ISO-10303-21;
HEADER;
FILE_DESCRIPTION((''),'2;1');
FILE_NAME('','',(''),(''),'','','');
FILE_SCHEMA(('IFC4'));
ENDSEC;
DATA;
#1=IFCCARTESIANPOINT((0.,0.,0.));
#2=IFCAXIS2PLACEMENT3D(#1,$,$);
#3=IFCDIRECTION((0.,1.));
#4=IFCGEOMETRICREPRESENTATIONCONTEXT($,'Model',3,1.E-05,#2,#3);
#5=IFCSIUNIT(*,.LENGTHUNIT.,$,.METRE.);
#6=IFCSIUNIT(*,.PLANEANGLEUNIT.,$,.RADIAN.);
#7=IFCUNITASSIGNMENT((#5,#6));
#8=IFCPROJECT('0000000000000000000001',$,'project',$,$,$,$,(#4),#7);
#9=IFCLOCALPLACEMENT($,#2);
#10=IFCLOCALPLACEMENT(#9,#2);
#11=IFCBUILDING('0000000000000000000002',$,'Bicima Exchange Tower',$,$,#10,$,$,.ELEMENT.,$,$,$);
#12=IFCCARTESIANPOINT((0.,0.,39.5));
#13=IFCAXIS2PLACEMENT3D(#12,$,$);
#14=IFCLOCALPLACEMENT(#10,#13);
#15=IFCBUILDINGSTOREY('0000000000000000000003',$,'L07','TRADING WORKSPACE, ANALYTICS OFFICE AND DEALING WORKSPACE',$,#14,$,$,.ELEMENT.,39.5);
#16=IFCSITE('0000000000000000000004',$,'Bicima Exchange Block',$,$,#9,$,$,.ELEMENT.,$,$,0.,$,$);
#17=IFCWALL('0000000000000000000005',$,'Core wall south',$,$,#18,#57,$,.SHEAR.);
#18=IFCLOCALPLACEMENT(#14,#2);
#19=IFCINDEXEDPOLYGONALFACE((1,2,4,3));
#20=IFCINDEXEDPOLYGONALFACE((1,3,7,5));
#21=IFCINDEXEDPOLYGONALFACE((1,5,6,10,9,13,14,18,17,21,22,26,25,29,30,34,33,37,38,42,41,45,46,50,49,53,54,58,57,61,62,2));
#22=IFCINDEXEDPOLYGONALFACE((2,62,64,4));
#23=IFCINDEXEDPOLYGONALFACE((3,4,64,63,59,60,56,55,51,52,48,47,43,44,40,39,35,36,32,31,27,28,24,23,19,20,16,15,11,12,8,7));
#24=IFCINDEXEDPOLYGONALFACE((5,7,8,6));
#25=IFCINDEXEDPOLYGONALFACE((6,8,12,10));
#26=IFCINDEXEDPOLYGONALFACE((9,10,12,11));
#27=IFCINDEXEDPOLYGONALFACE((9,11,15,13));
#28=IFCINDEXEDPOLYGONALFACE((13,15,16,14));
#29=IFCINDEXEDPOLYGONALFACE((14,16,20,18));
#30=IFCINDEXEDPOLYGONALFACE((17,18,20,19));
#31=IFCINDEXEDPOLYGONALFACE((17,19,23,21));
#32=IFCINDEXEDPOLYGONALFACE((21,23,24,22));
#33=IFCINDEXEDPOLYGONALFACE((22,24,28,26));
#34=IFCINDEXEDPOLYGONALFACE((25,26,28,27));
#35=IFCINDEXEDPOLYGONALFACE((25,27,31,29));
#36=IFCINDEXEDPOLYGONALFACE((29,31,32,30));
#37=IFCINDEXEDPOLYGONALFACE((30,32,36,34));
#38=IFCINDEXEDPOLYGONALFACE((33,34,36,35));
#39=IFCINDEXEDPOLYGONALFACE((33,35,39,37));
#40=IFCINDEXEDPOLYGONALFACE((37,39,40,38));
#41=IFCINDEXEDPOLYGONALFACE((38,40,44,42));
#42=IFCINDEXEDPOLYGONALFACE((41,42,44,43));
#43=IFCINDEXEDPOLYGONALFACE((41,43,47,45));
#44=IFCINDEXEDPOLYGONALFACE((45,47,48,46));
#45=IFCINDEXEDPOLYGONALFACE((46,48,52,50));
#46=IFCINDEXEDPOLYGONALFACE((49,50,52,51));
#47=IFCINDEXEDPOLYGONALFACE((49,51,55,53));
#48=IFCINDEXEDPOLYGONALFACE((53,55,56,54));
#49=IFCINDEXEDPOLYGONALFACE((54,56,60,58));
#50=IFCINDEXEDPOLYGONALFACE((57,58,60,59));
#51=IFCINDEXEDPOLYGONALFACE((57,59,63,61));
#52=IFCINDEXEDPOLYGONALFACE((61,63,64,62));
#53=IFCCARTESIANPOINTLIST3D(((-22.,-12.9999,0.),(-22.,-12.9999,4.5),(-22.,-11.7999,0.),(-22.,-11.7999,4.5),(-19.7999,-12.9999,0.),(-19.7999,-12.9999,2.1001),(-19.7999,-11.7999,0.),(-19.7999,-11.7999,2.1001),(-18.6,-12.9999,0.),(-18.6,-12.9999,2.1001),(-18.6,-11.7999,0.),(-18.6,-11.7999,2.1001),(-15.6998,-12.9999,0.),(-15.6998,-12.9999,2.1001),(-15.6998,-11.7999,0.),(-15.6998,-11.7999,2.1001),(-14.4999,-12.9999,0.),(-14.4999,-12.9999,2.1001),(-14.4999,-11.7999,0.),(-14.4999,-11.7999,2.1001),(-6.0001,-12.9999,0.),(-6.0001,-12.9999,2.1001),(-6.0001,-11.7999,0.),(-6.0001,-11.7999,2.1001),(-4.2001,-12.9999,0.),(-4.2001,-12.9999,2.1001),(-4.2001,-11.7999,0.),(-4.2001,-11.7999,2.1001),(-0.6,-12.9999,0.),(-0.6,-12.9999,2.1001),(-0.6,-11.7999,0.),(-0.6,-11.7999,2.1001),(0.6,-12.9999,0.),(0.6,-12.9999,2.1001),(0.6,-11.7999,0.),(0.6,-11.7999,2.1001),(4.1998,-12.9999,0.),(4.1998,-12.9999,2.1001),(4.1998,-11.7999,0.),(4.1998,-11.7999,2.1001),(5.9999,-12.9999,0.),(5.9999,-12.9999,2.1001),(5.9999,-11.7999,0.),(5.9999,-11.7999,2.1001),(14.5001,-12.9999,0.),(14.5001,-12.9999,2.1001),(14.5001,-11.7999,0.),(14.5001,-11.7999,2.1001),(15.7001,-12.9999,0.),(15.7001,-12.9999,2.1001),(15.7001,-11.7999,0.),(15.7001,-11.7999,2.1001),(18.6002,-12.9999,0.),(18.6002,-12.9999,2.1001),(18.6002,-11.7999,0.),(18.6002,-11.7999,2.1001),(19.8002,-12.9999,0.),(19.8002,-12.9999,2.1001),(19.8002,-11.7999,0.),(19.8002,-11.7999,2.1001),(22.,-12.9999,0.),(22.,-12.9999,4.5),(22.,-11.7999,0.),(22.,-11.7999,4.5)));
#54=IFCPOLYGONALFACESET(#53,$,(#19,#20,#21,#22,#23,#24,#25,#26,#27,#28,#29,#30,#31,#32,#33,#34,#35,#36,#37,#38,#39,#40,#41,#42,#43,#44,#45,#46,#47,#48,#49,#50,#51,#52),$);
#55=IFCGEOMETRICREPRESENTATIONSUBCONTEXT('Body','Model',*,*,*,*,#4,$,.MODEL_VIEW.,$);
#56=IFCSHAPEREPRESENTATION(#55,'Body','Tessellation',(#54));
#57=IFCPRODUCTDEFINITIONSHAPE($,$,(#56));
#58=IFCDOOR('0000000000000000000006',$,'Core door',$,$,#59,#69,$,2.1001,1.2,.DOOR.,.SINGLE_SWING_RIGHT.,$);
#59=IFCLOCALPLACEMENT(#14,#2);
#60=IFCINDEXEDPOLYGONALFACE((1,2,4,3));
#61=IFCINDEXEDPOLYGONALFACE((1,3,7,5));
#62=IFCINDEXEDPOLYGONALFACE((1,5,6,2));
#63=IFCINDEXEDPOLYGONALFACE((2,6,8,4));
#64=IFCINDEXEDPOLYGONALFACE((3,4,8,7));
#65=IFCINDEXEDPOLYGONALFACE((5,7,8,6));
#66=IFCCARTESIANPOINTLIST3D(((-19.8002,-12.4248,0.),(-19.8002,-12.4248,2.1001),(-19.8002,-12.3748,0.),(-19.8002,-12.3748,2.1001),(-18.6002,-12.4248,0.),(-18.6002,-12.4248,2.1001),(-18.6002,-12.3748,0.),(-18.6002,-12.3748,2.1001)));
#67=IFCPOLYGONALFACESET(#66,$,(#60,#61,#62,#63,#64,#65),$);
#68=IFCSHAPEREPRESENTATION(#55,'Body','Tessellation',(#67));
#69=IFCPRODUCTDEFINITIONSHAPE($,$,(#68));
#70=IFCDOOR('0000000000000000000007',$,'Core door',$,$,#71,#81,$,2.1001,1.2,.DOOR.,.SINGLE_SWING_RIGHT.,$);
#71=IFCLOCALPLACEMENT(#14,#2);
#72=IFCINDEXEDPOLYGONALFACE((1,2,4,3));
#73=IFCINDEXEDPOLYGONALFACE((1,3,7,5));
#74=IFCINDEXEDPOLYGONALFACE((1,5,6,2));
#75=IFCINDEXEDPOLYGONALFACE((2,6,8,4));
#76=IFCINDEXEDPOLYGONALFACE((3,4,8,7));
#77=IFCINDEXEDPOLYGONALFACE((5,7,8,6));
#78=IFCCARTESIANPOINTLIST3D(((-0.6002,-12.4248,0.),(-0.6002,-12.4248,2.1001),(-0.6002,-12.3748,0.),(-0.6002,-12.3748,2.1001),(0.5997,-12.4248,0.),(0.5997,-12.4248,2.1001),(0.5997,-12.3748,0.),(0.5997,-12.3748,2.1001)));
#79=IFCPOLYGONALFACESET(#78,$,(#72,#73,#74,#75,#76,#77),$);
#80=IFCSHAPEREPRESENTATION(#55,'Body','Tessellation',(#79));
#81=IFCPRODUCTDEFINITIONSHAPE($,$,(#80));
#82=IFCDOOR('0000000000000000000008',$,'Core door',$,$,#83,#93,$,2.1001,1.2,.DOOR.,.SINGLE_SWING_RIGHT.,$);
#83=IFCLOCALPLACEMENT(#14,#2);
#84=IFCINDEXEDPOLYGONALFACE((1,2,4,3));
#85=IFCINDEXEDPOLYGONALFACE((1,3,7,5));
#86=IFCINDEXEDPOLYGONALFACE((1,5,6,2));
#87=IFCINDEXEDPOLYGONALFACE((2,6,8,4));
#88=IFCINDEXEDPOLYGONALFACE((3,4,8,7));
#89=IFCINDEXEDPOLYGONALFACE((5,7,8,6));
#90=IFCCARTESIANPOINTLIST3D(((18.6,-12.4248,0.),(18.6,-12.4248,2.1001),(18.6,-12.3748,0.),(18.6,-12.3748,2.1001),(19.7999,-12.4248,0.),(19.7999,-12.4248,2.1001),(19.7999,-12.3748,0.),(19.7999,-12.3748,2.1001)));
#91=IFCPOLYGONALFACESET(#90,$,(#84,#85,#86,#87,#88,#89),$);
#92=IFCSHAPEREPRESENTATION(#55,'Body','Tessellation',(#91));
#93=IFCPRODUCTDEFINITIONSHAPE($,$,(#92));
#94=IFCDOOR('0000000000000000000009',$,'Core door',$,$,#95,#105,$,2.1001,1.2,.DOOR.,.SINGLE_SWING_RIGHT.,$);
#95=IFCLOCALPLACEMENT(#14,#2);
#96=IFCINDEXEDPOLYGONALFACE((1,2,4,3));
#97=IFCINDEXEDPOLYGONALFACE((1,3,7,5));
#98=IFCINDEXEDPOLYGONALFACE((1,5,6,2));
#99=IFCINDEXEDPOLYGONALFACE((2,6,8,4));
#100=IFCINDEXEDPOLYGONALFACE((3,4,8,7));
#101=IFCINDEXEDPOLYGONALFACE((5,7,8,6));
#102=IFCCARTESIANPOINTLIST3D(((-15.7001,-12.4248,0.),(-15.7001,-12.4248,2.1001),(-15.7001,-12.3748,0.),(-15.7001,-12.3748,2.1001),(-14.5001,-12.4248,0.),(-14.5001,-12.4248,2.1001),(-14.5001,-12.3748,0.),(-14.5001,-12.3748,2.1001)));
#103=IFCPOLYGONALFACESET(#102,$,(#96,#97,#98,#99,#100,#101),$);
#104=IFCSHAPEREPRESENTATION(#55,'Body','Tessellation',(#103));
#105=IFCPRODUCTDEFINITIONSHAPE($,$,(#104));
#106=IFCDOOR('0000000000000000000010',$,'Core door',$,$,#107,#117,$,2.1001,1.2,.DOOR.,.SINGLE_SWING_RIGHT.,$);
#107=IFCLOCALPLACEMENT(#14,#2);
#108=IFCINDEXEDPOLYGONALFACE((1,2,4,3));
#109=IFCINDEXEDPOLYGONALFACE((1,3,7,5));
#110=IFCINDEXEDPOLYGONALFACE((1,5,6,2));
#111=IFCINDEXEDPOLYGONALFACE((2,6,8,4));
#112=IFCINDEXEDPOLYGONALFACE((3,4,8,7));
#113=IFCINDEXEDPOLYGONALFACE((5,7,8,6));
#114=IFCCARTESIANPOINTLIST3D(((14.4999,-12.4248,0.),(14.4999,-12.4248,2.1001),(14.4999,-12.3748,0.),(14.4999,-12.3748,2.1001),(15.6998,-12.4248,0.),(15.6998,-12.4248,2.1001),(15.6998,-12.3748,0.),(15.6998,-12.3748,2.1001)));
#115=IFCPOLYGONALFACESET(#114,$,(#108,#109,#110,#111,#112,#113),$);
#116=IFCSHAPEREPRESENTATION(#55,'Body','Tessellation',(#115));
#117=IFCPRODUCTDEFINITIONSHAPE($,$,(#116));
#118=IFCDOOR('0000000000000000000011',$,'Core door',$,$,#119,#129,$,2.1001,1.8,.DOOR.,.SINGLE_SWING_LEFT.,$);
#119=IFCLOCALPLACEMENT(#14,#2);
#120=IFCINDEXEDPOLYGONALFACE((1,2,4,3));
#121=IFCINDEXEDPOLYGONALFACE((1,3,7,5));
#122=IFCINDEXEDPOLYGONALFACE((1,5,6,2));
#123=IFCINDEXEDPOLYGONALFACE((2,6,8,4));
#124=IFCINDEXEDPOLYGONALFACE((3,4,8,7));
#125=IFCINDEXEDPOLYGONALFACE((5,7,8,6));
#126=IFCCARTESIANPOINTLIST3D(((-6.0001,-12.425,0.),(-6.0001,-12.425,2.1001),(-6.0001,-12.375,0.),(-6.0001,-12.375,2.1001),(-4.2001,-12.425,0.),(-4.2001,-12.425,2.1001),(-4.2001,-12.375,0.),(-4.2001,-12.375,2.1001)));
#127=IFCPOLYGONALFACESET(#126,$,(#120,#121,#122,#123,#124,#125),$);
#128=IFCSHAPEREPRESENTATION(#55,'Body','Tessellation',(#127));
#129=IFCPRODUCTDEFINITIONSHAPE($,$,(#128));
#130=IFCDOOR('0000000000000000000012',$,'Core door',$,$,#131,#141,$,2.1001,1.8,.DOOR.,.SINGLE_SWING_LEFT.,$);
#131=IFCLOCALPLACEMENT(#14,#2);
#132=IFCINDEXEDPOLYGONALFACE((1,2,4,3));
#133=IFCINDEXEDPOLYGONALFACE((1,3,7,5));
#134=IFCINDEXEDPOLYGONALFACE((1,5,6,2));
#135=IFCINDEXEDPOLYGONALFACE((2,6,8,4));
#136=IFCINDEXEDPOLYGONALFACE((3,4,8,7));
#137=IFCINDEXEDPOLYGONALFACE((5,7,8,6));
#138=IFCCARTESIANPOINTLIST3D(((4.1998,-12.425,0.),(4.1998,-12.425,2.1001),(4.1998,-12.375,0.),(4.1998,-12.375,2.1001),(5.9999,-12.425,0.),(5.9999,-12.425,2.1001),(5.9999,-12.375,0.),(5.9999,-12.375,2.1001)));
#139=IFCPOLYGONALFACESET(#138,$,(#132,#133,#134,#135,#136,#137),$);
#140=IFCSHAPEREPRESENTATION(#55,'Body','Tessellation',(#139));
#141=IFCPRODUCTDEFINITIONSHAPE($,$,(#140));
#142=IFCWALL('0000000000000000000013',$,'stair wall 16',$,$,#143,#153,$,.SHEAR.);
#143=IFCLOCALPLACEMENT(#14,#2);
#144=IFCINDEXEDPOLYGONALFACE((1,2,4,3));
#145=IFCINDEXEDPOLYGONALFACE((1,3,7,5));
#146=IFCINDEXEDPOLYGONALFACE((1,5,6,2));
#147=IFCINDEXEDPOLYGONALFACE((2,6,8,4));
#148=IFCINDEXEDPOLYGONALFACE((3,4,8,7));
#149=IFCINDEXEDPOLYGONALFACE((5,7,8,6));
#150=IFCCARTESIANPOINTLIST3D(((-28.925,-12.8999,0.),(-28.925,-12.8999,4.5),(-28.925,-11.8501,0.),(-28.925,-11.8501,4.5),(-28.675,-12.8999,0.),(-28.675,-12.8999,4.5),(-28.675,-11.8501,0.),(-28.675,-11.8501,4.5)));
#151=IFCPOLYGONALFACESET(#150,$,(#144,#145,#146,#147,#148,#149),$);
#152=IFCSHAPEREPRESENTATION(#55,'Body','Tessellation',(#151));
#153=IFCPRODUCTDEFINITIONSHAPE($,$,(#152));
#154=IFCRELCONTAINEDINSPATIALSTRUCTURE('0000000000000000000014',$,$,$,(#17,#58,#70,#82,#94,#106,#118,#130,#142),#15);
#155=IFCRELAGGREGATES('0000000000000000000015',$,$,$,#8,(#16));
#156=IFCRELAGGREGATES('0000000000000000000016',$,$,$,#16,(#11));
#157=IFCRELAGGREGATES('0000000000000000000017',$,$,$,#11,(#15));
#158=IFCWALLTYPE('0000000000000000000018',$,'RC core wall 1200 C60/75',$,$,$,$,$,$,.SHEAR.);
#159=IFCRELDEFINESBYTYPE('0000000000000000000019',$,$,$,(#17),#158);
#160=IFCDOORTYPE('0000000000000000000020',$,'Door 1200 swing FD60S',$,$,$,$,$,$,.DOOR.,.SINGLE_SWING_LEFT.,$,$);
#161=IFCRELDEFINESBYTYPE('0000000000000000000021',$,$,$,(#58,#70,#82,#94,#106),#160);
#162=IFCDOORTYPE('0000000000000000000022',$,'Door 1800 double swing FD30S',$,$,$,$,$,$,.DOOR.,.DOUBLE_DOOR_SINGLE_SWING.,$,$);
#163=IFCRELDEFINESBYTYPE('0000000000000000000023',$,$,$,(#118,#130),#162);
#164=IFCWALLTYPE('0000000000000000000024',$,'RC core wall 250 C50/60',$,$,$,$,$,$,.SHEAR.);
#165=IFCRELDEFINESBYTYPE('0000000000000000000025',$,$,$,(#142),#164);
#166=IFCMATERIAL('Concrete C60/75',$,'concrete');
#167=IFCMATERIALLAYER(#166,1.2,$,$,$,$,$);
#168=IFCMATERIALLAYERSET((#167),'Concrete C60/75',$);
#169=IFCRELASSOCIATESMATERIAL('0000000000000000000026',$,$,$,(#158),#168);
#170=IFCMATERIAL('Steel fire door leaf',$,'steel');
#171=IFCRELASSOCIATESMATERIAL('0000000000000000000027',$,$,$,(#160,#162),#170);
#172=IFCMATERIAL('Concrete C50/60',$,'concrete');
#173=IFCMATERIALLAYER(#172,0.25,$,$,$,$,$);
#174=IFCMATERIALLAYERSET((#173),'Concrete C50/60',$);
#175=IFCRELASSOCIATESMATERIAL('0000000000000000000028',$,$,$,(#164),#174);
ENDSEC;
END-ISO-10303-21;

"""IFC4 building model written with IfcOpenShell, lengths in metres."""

from ifc_helpers import new_model, si_unit, direction, frame, frame_2d, origin, place, context, subcontext, project, spatial, rectangle, extrude, material, layer, layer_set, type_object, element, fill, save


model = new_model("IFC4")

# Units and contexts
model_context = context("Model", 3, precision=1e-05, world=origin(), true_north=direction((0.0, 1.0)))
body_context = subcontext(model_context, "Body", "Model", "MODEL_VIEW")
ifc_project = project(units=[si_unit("LENGTHUNIT", "METRE"), si_unit("PLANEANGLEUNIT", "RADIAN")], contexts=[model_context])

# Site, building, storey
site_placement = place(None, origin())
site = spatial("IfcSite", under=ifc_project, at=site_placement, Name="Bicima Exchange Block", CompositionType="ELEMENT", RefElevation=0.0)
building_placement = place(site_placement, origin())
building = spatial("IfcBuilding", under=site, at=building_placement, Name="Bicima Exchange Tower", CompositionType="ELEMENT")
storey_placement = place(building_placement, frame((0.0, 0.0, 39.5)))
storey = spatial("IfcBuildingStorey", under=building, at=storey_placement, Name="L07", Description="TRADING WORKSPACE, ANALYTICS OFFICE AND DEALING WORKSPACE", CompositionType="ELEMENT", Elevation=39.5)

# Wall, openings, doors
ifc_material_1 = material(Name="Concrete C60/75", Category="concrete")
ifc_layer_1 = layer(ifc_material_1, 1.2)
ifc_layer_set_1 = layer_set([ifc_layer_1], Name="Concrete C60/75")
wall_type_1 = type_object("IfcWallType", Name="RC core wall 1200 C60/75", PredefinedType="SHEAR", material=ifc_layer_set_1)
wall_1_placement = place(storey_placement, frame((-22.0, -12.3999, 0.0), z_axis=(0.0, 0.0, 1.0), x_axis=(1.0, 0.0, 0.0)))
wall_1 = element("IfcWall", 1, at=wall_1_placement, inside=storey, type_object=wall_type_1, Name="Core wall south", PredefinedType="SHEAR", context=body_context, shape_type="SweptSolid", body=[
    extrude(rectangle(XDim=44.0, YDim=1.2, at=frame_2d((22.0, 0.0))), origin(), (0.0, 0.0, 1.0), 4.5),
])
opening_1_placement = place(wall_1_placement, frame((2.2, 0.0, 0.0)))
opening_1 = element("IfcOpeningElement", 2, at=opening_1_placement, cuts=wall_1, PredefinedType="OPENING", context=body_context, shape_type="SweptSolid", body=[
    extrude(rectangle(XDim=1.2, YDim=2.1001, at=frame_2d((0.6001, 1.05))), frame((0.0, 0.6118, 0.0), z_axis=(0.0, -1.0, 0.0), x_axis=(1.0, 0.0, 0.0)), (0.0, 0.0, 1.0), 1.2239),
])
opening_2_placement = place(wall_1_placement, frame((21.3999, 0.0, 0.0)))
opening_2 = element("IfcOpeningElement", 3, at=opening_2_placement, cuts=wall_1, PredefinedType="OPENING", context=body_context, shape_type="SweptSolid", body=[
    extrude(rectangle(XDim=1.2, YDim=2.1001, at=frame_2d((0.6001, 1.05))), frame((0.0, 0.6118, 0.0), z_axis=(0.0, -1.0, 0.0), x_axis=(1.0, 0.0, 0.0)), (0.0, 0.0, 1.0), 1.2239),
])
opening_3_placement = place(wall_1_placement, frame((40.6001, 0.0, 0.0)))
opening_3 = element("IfcOpeningElement", 4, at=opening_3_placement, cuts=wall_1, PredefinedType="OPENING", context=body_context, shape_type="SweptSolid", body=[
    extrude(rectangle(XDim=1.2, YDim=2.1001, at=frame_2d((0.6001, 1.05))), frame((0.0, 0.6118, 0.0), z_axis=(0.0, -1.0, 0.0), x_axis=(1.0, 0.0, 0.0)), (0.0, 0.0, 1.0), 1.2239),
])
opening_4_placement = place(wall_1_placement, frame((16.0, 0.0, 0.0)))
opening_4 = element("IfcOpeningElement", 5, at=opening_4_placement, cuts=wall_1, PredefinedType="OPENING", context=body_context, shape_type="SweptSolid", body=[
    extrude(rectangle(XDim=1.8, YDim=2.1001, at=frame_2d((0.8999, 1.05))), frame((0.0, 0.6118, 0.0), z_axis=(0.0, -1.0, 0.0), x_axis=(1.0, 0.0, 0.0)), (0.0, 0.0, 1.0), 1.2239),
])
opening_5_placement = place(wall_1_placement, frame((6.3, 0.0, 0.0)))
opening_5 = element("IfcOpeningElement", 6, at=opening_5_placement, cuts=wall_1, PredefinedType="OPENING", context=body_context, shape_type="SweptSolid", body=[
    extrude(rectangle(XDim=1.2, YDim=2.1001, at=frame_2d((0.6001, 1.05))), frame((0.0, 0.6118, 0.0), z_axis=(0.0, -1.0, 0.0), x_axis=(1.0, 0.0, 0.0)), (0.0, 0.0, 1.0), 1.2239),
])
opening_6_placement = place(wall_1_placement, frame((26.2, 0.0, 0.0)))
opening_6 = element("IfcOpeningElement", 7, at=opening_6_placement, cuts=wall_1, PredefinedType="OPENING", context=body_context, shape_type="SweptSolid", body=[
    extrude(rectangle(XDim=1.8, YDim=2.1001, at=frame_2d((0.8999, 1.05))), frame((0.0, 0.6118, 0.0), z_axis=(0.0, -1.0, 0.0), x_axis=(1.0, 0.0, 0.0)), (0.0, 0.0, 1.0), 1.2239),
])
opening_7_placement = place(wall_1_placement, frame((36.5, 0.0, 0.0)))
opening_7 = element("IfcOpeningElement", 8, at=opening_7_placement, cuts=wall_1, PredefinedType="OPENING", context=body_context, shape_type="SweptSolid", body=[
    extrude(rectangle(XDim=1.2, YDim=2.1001, at=frame_2d((0.6001, 1.05))), frame((0.0, 0.6118, 0.0), z_axis=(0.0, -1.0, 0.0), x_axis=(1.0, 0.0, 0.0)), (0.0, 0.0, 1.0), 1.2239),
])
ifc_material_2 = material(Name="Steel fire door leaf", Category="steel")
door_type_1 = type_object("IfcDoorType", Name="Door 1200 swing FD60S", OperationType="SINGLE_SWING_LEFT", PredefinedType="DOOR", material=ifc_material_2)
door_1_placement = place(opening_1_placement, frame((1.2, 0.0, 0.0), z_axis=(0.0, 0.0, 1.0), x_axis=(-1.0, 0.0, 0.0)))
door_1 = element("IfcDoor", 9, at=door_1_placement, inside=storey, type_object=door_type_1, Name="Core door", OperationType="SINGLE_SWING_RIGHT", OverallHeight=2.1001, OverallWidth=1.2, PredefinedType="DOOR", context=body_context, shape_type="SweptSolid", body=[
    extrude(rectangle(XDim=1.2, YDim=2.1001, at=frame_2d((0.6001, 1.05))), frame((0.0, 0.0249, 0.0), z_axis=(0.0, -1.0, 0.0), x_axis=(1.0, 0.0, 0.0)), (0.0, 0.0, 1.0), 0.05),
])
fill(opening_1, door_1)
door_2_placement = place(opening_2_placement, frame((1.2, 0.0, 0.0), z_axis=(0.0, 0.0, 1.0), x_axis=(-1.0, 0.0, 0.0)))
door_2 = element("IfcDoor", 10, at=door_2_placement, inside=storey, type_object=door_type_1, Name="Core door", OperationType="SINGLE_SWING_RIGHT", OverallHeight=2.1001, OverallWidth=1.2, PredefinedType="DOOR", context=body_context, shape_type="SweptSolid", body=[
    extrude(rectangle(XDim=1.2, YDim=2.1001, at=frame_2d((0.6001, 1.05))), frame((0.0, 0.0249, 0.0), z_axis=(0.0, -1.0, 0.0), x_axis=(1.0, 0.0, 0.0)), (0.0, 0.0, 1.0), 0.05),
])
fill(opening_2, door_2)
door_3_placement = place(opening_3_placement, frame((1.2, 0.0, 0.0), z_axis=(0.0, 0.0, 1.0), x_axis=(-1.0, 0.0, 0.0)))
door_3 = element("IfcDoor", 11, at=door_3_placement, inside=storey, type_object=door_type_1, Name="Core door", OperationType="SINGLE_SWING_RIGHT", OverallHeight=2.1001, OverallWidth=1.2, PredefinedType="DOOR", context=body_context, shape_type="SweptSolid", body=[
    extrude(rectangle(XDim=1.2, YDim=2.1001, at=frame_2d((0.6001, 1.05))), frame((0.0, 0.0249, 0.0), z_axis=(0.0, -1.0, 0.0), x_axis=(1.0, 0.0, 0.0)), (0.0, 0.0, 1.0), 0.05),
])
fill(opening_3, door_3)
door_4_placement = place(opening_5_placement, frame((1.2, 0.0, 0.0), z_axis=(0.0, 0.0, 1.0), x_axis=(-1.0, 0.0, 0.0)))
door_4 = element("IfcDoor", 12, at=door_4_placement, inside=storey, type_object=door_type_1, Name="Core door", OperationType="SINGLE_SWING_RIGHT", OverallHeight=2.1001, OverallWidth=1.2, PredefinedType="DOOR", context=body_context, shape_type="SweptSolid", body=[
    extrude(rectangle(XDim=1.2, YDim=2.1001, at=frame_2d((0.6001, 1.05))), frame((0.0, 0.0249, 0.0), z_axis=(0.0, -1.0, 0.0), x_axis=(1.0, 0.0, 0.0)), (0.0, 0.0, 1.0), 0.05),
])
fill(opening_5, door_4)
door_5_placement = place(opening_7_placement, frame((1.2, 0.0, 0.0), z_axis=(0.0, 0.0, 1.0), x_axis=(-1.0, 0.0, 0.0)))
door_5 = element("IfcDoor", 13, at=door_5_placement, inside=storey, type_object=door_type_1, Name="Core door", OperationType="SINGLE_SWING_RIGHT", OverallHeight=2.1001, OverallWidth=1.2, PredefinedType="DOOR", context=body_context, shape_type="SweptSolid", body=[
    extrude(rectangle(XDim=1.2, YDim=2.1001, at=frame_2d((0.6001, 1.05))), frame((0.0, 0.0249, 0.0), z_axis=(0.0, -1.0, 0.0), x_axis=(1.0, 0.0, 0.0)), (0.0, 0.0, 1.0), 0.05),
])
fill(opening_7, door_5)
door_type_2 = type_object("IfcDoorType", Name="Door 1800 double swing FD30S", OperationType="DOUBLE_DOOR_SINGLE_SWING", PredefinedType="DOOR", material=ifc_material_2)
door_6_placement = place(opening_4_placement, origin())
door_6 = element("IfcDoor", 14, at=door_6_placement, inside=storey, type_object=door_type_2, Name="Core door", OperationType="SINGLE_SWING_LEFT", OverallHeight=2.1001, OverallWidth=1.8, PredefinedType="DOOR", context=body_context, shape_type="SweptSolid", body=[
    extrude(rectangle(XDim=1.8, YDim=2.1001, at=frame_2d((0.8999, 1.05))), frame((0.0, 0.0249, 0.0), z_axis=(0.0, -1.0, 0.0), x_axis=(1.0, 0.0, 0.0)), (0.0, 0.0, 1.0), 0.05),
])
fill(opening_4, door_6)
door_7_placement = place(opening_6_placement, origin())
door_7 = element("IfcDoor", 15, at=door_7_placement, inside=storey, type_object=door_type_2, Name="Core door", OperationType="SINGLE_SWING_LEFT", OverallHeight=2.1001, OverallWidth=1.8, PredefinedType="DOOR", context=body_context, shape_type="SweptSolid", body=[
    extrude(rectangle(XDim=1.8, YDim=2.1001, at=frame_2d((0.8999, 1.05))), frame((0.0, 0.0249, 0.0), z_axis=(0.0, -1.0, 0.0), x_axis=(1.0, 0.0, 0.0)), (0.0, 0.0, 1.0), 0.05),
])
fill(opening_6, door_7)

# Wall
ifc_material_3 = material(Name="Concrete C50/60", Category="concrete")
ifc_layer_2 = layer(ifc_material_3, 0.25)
ifc_layer_set_2 = layer_set([ifc_layer_2], Name="Concrete C50/60")
wall_type_2 = type_object("IfcWallType", Name="RC core wall 250 C50/60", PredefinedType="SHEAR", material=ifc_layer_set_2)
wall_2_placement = place(storey_placement, frame((-28.8, -12.8999, 0.0), z_axis=(0.0, 0.0, 1.0), x_axis=(0.0, 1.0, 0.0)))
element("IfcWall", 16, at=wall_2_placement, inside=storey, type_object=wall_type_2, Name="stair wall 16", PredefinedType="SHEAR", context=body_context, shape_type="SweptSolid", body=[
    extrude(rectangle(XDim=1.0498, YDim=0.25, at=frame_2d((0.5249, 0.0))), origin(), (0.0, 0.0, 1.0), 4.5),
])

save(model, "model.ifc")
